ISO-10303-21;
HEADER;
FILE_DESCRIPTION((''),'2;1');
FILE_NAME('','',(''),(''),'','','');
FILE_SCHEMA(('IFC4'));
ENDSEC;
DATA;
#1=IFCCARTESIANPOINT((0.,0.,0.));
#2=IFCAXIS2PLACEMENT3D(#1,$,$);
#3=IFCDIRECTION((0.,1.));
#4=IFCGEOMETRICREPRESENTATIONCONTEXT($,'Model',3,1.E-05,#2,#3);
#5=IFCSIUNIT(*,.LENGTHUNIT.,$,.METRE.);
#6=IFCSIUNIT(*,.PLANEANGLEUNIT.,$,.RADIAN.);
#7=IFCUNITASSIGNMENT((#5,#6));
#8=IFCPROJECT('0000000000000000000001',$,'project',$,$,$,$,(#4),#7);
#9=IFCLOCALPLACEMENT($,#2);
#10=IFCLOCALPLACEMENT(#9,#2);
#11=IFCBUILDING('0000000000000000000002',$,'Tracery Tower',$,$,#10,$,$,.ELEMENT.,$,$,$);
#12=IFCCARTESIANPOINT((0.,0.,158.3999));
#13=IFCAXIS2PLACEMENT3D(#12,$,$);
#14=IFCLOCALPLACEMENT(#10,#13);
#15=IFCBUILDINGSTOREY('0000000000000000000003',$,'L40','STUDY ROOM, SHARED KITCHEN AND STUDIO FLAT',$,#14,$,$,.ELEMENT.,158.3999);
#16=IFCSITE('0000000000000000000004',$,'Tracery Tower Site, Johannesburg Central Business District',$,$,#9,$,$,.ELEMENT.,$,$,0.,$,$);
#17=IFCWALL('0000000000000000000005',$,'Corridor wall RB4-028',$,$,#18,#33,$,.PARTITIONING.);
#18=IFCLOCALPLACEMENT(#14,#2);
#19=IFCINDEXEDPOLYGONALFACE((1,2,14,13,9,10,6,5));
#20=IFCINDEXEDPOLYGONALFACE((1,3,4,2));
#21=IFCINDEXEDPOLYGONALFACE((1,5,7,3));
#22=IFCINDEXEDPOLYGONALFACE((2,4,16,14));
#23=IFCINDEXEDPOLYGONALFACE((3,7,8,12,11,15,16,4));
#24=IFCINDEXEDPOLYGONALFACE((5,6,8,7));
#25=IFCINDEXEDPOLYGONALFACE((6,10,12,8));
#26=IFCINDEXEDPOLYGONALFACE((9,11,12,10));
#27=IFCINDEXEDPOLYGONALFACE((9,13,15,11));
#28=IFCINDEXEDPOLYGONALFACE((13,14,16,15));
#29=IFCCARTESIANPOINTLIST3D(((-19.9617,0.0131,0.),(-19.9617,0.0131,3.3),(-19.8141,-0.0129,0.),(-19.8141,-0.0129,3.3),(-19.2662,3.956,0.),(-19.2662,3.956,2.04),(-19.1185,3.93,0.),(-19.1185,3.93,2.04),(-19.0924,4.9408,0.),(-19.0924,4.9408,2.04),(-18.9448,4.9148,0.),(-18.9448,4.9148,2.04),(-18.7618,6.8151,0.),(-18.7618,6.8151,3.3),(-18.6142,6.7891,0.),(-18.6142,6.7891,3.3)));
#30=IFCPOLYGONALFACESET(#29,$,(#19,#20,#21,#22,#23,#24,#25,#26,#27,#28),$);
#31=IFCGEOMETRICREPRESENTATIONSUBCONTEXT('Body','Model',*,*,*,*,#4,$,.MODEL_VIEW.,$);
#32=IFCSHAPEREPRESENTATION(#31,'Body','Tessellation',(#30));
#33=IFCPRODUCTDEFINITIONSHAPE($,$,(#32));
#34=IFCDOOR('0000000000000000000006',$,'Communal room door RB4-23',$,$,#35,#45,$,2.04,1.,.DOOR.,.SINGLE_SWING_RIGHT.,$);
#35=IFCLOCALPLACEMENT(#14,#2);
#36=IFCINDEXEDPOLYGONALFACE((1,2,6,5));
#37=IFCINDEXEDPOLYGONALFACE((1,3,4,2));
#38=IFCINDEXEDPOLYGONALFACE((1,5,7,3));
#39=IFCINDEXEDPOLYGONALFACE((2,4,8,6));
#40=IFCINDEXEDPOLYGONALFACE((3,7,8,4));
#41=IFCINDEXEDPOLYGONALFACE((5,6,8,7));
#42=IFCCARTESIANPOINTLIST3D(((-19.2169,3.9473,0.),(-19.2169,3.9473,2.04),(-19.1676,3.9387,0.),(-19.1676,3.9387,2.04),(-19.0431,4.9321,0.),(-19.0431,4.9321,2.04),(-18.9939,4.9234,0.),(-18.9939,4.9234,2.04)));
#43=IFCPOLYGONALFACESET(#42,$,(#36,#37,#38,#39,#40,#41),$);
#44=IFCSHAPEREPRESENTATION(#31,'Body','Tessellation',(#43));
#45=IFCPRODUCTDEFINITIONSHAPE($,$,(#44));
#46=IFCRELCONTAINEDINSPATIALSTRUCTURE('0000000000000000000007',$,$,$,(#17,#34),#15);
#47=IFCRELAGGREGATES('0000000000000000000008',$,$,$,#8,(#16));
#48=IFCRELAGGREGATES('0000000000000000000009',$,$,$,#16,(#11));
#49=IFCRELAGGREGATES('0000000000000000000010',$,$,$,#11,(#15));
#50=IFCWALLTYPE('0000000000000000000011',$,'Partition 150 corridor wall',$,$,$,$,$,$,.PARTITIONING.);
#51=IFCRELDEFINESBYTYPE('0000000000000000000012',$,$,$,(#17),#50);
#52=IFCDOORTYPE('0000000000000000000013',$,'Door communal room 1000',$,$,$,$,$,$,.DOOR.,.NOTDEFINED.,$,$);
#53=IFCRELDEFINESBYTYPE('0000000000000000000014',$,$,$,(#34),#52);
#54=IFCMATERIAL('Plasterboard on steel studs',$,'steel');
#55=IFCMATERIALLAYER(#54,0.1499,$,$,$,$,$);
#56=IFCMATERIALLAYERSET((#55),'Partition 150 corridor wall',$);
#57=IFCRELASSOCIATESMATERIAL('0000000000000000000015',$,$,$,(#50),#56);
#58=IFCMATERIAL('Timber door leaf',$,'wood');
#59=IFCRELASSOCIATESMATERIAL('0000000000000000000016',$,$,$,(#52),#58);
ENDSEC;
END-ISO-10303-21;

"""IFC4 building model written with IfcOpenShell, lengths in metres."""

from ifc_helpers import new_model, si_unit, direction, frame, frame_2d, origin, place, context, subcontext, project, spatial, rectangle, extrude, material, layer, layer_set, type_object, element, fill, save


model = new_model("IFC4")

# Units and contexts
model_context = context("Model", 3, precision=1e-05, world=origin(), true_north=direction((0.0, 1.0)))
body_context = subcontext(model_context, "Body", "Model", "MODEL_VIEW")
ifc_project = project(units=[si_unit("LENGTHUNIT", "METRE"), si_unit("PLANEANGLEUNIT", "RADIAN")], contexts=[model_context])

# Site, building, storey
site_placement = place(None, origin())
site = spatial("IfcSite", under=ifc_project, at=site_placement, Name="Tracery Tower Site, Johannesburg Central Business District", CompositionType="ELEMENT", RefElevation=0.0)
building_placement = place(site_placement, origin())
building = spatial("IfcBuilding", under=site, at=building_placement, Name="Tracery Tower", CompositionType="ELEMENT")
storey_placement = place(building_placement, frame((0.0, 0.0, 158.3999)))
storey = spatial("IfcBuildingStorey", under=building, at=storey_placement, Name="L40", Description="STUDY ROOM, SHARED KITCHEN AND STUDIO FLAT", CompositionType="ELEMENT", Elevation=158.3999)

# Shared definitions
ifc_material_1 = material(Name="Plasterboard on steel studs", Category="steel")
ifc_layer_1 = layer(ifc_material_1, 0.1499)
ifc_layer_set_1 = layer_set([ifc_layer_1], Name="Partition 150 corridor wall")
wall_type_1 = type_object("IfcWallType", Name="Partition 150 corridor wall", PredefinedType="PARTITIONING", material=ifc_layer_set_1)

# Wall, opening, door
wall_1_placement = place(storey_placement, frame((-19.8879, 0.0, 0.0), z_axis=(0.0, 0.0, 1.0), x_axis=(0.173729, 0.984794, 0.0)))
wall_1 = element("IfcWall", 1, at=wall_1_placement, inside=storey, type_object=wall_type_1, Name="Corridor wall RB4-028", PredefinedType="PARTITIONING", context=body_context, shape_type="SweptSolid", body=[
    extrude(rectangle(XDim=6.907, YDim=0.1499, at=frame_2d((3.4536, 0.0))), origin(), (0.0, 0.0, 1.0), 3.3),
])
opening_1_placement = place(wall_1_placement, frame((4.0039, 0.0, 0.0)))
opening_1 = element("IfcOpeningElement", 2, at=opening_1_placement, cuts=wall_1, PredefinedType="OPENING", context=body_context, shape_type="SweptSolid", body=[
    extrude(rectangle(XDim=1.0, YDim=2.04, at=frame_2d((0.5, 1.02))), frame((0.0, 0.075, 0.0), z_axis=(0.0, -1.0, 0.0), x_axis=(1.0, 0.0, 0.0)), (0.0, 0.0, 1.0), 0.1499),
])
ifc_material_2 = material(Name="Timber door leaf", Category="wood")
door_type_1 = type_object("IfcDoorType", Name="Door communal room 1000", OperationType="NOTDEFINED", PredefinedType="DOOR", material=ifc_material_2)
door_1_placement = place(opening_1_placement, origin())
door_1 = element("IfcDoor", 3, at=door_1_placement, inside=storey, type_object=door_type_1, Name="Communal room door RB4-23", OperationType="SINGLE_SWING_RIGHT", OverallHeight=2.04, OverallWidth=1.0, PredefinedType="DOOR", context=body_context, shape_type="SweptSolid", body=[
    extrude(rectangle(XDim=1.0, YDim=2.04, at=frame_2d((0.5, 1.02))), frame((0.0, 0.0249, 0.0), z_axis=(0.0, -1.0, 0.0), x_axis=(1.0, 0.0, 0.0)), (0.0, 0.0, 1.0), 0.05),
])
fill(opening_1, door_1)

save(model, "model.ifc")
